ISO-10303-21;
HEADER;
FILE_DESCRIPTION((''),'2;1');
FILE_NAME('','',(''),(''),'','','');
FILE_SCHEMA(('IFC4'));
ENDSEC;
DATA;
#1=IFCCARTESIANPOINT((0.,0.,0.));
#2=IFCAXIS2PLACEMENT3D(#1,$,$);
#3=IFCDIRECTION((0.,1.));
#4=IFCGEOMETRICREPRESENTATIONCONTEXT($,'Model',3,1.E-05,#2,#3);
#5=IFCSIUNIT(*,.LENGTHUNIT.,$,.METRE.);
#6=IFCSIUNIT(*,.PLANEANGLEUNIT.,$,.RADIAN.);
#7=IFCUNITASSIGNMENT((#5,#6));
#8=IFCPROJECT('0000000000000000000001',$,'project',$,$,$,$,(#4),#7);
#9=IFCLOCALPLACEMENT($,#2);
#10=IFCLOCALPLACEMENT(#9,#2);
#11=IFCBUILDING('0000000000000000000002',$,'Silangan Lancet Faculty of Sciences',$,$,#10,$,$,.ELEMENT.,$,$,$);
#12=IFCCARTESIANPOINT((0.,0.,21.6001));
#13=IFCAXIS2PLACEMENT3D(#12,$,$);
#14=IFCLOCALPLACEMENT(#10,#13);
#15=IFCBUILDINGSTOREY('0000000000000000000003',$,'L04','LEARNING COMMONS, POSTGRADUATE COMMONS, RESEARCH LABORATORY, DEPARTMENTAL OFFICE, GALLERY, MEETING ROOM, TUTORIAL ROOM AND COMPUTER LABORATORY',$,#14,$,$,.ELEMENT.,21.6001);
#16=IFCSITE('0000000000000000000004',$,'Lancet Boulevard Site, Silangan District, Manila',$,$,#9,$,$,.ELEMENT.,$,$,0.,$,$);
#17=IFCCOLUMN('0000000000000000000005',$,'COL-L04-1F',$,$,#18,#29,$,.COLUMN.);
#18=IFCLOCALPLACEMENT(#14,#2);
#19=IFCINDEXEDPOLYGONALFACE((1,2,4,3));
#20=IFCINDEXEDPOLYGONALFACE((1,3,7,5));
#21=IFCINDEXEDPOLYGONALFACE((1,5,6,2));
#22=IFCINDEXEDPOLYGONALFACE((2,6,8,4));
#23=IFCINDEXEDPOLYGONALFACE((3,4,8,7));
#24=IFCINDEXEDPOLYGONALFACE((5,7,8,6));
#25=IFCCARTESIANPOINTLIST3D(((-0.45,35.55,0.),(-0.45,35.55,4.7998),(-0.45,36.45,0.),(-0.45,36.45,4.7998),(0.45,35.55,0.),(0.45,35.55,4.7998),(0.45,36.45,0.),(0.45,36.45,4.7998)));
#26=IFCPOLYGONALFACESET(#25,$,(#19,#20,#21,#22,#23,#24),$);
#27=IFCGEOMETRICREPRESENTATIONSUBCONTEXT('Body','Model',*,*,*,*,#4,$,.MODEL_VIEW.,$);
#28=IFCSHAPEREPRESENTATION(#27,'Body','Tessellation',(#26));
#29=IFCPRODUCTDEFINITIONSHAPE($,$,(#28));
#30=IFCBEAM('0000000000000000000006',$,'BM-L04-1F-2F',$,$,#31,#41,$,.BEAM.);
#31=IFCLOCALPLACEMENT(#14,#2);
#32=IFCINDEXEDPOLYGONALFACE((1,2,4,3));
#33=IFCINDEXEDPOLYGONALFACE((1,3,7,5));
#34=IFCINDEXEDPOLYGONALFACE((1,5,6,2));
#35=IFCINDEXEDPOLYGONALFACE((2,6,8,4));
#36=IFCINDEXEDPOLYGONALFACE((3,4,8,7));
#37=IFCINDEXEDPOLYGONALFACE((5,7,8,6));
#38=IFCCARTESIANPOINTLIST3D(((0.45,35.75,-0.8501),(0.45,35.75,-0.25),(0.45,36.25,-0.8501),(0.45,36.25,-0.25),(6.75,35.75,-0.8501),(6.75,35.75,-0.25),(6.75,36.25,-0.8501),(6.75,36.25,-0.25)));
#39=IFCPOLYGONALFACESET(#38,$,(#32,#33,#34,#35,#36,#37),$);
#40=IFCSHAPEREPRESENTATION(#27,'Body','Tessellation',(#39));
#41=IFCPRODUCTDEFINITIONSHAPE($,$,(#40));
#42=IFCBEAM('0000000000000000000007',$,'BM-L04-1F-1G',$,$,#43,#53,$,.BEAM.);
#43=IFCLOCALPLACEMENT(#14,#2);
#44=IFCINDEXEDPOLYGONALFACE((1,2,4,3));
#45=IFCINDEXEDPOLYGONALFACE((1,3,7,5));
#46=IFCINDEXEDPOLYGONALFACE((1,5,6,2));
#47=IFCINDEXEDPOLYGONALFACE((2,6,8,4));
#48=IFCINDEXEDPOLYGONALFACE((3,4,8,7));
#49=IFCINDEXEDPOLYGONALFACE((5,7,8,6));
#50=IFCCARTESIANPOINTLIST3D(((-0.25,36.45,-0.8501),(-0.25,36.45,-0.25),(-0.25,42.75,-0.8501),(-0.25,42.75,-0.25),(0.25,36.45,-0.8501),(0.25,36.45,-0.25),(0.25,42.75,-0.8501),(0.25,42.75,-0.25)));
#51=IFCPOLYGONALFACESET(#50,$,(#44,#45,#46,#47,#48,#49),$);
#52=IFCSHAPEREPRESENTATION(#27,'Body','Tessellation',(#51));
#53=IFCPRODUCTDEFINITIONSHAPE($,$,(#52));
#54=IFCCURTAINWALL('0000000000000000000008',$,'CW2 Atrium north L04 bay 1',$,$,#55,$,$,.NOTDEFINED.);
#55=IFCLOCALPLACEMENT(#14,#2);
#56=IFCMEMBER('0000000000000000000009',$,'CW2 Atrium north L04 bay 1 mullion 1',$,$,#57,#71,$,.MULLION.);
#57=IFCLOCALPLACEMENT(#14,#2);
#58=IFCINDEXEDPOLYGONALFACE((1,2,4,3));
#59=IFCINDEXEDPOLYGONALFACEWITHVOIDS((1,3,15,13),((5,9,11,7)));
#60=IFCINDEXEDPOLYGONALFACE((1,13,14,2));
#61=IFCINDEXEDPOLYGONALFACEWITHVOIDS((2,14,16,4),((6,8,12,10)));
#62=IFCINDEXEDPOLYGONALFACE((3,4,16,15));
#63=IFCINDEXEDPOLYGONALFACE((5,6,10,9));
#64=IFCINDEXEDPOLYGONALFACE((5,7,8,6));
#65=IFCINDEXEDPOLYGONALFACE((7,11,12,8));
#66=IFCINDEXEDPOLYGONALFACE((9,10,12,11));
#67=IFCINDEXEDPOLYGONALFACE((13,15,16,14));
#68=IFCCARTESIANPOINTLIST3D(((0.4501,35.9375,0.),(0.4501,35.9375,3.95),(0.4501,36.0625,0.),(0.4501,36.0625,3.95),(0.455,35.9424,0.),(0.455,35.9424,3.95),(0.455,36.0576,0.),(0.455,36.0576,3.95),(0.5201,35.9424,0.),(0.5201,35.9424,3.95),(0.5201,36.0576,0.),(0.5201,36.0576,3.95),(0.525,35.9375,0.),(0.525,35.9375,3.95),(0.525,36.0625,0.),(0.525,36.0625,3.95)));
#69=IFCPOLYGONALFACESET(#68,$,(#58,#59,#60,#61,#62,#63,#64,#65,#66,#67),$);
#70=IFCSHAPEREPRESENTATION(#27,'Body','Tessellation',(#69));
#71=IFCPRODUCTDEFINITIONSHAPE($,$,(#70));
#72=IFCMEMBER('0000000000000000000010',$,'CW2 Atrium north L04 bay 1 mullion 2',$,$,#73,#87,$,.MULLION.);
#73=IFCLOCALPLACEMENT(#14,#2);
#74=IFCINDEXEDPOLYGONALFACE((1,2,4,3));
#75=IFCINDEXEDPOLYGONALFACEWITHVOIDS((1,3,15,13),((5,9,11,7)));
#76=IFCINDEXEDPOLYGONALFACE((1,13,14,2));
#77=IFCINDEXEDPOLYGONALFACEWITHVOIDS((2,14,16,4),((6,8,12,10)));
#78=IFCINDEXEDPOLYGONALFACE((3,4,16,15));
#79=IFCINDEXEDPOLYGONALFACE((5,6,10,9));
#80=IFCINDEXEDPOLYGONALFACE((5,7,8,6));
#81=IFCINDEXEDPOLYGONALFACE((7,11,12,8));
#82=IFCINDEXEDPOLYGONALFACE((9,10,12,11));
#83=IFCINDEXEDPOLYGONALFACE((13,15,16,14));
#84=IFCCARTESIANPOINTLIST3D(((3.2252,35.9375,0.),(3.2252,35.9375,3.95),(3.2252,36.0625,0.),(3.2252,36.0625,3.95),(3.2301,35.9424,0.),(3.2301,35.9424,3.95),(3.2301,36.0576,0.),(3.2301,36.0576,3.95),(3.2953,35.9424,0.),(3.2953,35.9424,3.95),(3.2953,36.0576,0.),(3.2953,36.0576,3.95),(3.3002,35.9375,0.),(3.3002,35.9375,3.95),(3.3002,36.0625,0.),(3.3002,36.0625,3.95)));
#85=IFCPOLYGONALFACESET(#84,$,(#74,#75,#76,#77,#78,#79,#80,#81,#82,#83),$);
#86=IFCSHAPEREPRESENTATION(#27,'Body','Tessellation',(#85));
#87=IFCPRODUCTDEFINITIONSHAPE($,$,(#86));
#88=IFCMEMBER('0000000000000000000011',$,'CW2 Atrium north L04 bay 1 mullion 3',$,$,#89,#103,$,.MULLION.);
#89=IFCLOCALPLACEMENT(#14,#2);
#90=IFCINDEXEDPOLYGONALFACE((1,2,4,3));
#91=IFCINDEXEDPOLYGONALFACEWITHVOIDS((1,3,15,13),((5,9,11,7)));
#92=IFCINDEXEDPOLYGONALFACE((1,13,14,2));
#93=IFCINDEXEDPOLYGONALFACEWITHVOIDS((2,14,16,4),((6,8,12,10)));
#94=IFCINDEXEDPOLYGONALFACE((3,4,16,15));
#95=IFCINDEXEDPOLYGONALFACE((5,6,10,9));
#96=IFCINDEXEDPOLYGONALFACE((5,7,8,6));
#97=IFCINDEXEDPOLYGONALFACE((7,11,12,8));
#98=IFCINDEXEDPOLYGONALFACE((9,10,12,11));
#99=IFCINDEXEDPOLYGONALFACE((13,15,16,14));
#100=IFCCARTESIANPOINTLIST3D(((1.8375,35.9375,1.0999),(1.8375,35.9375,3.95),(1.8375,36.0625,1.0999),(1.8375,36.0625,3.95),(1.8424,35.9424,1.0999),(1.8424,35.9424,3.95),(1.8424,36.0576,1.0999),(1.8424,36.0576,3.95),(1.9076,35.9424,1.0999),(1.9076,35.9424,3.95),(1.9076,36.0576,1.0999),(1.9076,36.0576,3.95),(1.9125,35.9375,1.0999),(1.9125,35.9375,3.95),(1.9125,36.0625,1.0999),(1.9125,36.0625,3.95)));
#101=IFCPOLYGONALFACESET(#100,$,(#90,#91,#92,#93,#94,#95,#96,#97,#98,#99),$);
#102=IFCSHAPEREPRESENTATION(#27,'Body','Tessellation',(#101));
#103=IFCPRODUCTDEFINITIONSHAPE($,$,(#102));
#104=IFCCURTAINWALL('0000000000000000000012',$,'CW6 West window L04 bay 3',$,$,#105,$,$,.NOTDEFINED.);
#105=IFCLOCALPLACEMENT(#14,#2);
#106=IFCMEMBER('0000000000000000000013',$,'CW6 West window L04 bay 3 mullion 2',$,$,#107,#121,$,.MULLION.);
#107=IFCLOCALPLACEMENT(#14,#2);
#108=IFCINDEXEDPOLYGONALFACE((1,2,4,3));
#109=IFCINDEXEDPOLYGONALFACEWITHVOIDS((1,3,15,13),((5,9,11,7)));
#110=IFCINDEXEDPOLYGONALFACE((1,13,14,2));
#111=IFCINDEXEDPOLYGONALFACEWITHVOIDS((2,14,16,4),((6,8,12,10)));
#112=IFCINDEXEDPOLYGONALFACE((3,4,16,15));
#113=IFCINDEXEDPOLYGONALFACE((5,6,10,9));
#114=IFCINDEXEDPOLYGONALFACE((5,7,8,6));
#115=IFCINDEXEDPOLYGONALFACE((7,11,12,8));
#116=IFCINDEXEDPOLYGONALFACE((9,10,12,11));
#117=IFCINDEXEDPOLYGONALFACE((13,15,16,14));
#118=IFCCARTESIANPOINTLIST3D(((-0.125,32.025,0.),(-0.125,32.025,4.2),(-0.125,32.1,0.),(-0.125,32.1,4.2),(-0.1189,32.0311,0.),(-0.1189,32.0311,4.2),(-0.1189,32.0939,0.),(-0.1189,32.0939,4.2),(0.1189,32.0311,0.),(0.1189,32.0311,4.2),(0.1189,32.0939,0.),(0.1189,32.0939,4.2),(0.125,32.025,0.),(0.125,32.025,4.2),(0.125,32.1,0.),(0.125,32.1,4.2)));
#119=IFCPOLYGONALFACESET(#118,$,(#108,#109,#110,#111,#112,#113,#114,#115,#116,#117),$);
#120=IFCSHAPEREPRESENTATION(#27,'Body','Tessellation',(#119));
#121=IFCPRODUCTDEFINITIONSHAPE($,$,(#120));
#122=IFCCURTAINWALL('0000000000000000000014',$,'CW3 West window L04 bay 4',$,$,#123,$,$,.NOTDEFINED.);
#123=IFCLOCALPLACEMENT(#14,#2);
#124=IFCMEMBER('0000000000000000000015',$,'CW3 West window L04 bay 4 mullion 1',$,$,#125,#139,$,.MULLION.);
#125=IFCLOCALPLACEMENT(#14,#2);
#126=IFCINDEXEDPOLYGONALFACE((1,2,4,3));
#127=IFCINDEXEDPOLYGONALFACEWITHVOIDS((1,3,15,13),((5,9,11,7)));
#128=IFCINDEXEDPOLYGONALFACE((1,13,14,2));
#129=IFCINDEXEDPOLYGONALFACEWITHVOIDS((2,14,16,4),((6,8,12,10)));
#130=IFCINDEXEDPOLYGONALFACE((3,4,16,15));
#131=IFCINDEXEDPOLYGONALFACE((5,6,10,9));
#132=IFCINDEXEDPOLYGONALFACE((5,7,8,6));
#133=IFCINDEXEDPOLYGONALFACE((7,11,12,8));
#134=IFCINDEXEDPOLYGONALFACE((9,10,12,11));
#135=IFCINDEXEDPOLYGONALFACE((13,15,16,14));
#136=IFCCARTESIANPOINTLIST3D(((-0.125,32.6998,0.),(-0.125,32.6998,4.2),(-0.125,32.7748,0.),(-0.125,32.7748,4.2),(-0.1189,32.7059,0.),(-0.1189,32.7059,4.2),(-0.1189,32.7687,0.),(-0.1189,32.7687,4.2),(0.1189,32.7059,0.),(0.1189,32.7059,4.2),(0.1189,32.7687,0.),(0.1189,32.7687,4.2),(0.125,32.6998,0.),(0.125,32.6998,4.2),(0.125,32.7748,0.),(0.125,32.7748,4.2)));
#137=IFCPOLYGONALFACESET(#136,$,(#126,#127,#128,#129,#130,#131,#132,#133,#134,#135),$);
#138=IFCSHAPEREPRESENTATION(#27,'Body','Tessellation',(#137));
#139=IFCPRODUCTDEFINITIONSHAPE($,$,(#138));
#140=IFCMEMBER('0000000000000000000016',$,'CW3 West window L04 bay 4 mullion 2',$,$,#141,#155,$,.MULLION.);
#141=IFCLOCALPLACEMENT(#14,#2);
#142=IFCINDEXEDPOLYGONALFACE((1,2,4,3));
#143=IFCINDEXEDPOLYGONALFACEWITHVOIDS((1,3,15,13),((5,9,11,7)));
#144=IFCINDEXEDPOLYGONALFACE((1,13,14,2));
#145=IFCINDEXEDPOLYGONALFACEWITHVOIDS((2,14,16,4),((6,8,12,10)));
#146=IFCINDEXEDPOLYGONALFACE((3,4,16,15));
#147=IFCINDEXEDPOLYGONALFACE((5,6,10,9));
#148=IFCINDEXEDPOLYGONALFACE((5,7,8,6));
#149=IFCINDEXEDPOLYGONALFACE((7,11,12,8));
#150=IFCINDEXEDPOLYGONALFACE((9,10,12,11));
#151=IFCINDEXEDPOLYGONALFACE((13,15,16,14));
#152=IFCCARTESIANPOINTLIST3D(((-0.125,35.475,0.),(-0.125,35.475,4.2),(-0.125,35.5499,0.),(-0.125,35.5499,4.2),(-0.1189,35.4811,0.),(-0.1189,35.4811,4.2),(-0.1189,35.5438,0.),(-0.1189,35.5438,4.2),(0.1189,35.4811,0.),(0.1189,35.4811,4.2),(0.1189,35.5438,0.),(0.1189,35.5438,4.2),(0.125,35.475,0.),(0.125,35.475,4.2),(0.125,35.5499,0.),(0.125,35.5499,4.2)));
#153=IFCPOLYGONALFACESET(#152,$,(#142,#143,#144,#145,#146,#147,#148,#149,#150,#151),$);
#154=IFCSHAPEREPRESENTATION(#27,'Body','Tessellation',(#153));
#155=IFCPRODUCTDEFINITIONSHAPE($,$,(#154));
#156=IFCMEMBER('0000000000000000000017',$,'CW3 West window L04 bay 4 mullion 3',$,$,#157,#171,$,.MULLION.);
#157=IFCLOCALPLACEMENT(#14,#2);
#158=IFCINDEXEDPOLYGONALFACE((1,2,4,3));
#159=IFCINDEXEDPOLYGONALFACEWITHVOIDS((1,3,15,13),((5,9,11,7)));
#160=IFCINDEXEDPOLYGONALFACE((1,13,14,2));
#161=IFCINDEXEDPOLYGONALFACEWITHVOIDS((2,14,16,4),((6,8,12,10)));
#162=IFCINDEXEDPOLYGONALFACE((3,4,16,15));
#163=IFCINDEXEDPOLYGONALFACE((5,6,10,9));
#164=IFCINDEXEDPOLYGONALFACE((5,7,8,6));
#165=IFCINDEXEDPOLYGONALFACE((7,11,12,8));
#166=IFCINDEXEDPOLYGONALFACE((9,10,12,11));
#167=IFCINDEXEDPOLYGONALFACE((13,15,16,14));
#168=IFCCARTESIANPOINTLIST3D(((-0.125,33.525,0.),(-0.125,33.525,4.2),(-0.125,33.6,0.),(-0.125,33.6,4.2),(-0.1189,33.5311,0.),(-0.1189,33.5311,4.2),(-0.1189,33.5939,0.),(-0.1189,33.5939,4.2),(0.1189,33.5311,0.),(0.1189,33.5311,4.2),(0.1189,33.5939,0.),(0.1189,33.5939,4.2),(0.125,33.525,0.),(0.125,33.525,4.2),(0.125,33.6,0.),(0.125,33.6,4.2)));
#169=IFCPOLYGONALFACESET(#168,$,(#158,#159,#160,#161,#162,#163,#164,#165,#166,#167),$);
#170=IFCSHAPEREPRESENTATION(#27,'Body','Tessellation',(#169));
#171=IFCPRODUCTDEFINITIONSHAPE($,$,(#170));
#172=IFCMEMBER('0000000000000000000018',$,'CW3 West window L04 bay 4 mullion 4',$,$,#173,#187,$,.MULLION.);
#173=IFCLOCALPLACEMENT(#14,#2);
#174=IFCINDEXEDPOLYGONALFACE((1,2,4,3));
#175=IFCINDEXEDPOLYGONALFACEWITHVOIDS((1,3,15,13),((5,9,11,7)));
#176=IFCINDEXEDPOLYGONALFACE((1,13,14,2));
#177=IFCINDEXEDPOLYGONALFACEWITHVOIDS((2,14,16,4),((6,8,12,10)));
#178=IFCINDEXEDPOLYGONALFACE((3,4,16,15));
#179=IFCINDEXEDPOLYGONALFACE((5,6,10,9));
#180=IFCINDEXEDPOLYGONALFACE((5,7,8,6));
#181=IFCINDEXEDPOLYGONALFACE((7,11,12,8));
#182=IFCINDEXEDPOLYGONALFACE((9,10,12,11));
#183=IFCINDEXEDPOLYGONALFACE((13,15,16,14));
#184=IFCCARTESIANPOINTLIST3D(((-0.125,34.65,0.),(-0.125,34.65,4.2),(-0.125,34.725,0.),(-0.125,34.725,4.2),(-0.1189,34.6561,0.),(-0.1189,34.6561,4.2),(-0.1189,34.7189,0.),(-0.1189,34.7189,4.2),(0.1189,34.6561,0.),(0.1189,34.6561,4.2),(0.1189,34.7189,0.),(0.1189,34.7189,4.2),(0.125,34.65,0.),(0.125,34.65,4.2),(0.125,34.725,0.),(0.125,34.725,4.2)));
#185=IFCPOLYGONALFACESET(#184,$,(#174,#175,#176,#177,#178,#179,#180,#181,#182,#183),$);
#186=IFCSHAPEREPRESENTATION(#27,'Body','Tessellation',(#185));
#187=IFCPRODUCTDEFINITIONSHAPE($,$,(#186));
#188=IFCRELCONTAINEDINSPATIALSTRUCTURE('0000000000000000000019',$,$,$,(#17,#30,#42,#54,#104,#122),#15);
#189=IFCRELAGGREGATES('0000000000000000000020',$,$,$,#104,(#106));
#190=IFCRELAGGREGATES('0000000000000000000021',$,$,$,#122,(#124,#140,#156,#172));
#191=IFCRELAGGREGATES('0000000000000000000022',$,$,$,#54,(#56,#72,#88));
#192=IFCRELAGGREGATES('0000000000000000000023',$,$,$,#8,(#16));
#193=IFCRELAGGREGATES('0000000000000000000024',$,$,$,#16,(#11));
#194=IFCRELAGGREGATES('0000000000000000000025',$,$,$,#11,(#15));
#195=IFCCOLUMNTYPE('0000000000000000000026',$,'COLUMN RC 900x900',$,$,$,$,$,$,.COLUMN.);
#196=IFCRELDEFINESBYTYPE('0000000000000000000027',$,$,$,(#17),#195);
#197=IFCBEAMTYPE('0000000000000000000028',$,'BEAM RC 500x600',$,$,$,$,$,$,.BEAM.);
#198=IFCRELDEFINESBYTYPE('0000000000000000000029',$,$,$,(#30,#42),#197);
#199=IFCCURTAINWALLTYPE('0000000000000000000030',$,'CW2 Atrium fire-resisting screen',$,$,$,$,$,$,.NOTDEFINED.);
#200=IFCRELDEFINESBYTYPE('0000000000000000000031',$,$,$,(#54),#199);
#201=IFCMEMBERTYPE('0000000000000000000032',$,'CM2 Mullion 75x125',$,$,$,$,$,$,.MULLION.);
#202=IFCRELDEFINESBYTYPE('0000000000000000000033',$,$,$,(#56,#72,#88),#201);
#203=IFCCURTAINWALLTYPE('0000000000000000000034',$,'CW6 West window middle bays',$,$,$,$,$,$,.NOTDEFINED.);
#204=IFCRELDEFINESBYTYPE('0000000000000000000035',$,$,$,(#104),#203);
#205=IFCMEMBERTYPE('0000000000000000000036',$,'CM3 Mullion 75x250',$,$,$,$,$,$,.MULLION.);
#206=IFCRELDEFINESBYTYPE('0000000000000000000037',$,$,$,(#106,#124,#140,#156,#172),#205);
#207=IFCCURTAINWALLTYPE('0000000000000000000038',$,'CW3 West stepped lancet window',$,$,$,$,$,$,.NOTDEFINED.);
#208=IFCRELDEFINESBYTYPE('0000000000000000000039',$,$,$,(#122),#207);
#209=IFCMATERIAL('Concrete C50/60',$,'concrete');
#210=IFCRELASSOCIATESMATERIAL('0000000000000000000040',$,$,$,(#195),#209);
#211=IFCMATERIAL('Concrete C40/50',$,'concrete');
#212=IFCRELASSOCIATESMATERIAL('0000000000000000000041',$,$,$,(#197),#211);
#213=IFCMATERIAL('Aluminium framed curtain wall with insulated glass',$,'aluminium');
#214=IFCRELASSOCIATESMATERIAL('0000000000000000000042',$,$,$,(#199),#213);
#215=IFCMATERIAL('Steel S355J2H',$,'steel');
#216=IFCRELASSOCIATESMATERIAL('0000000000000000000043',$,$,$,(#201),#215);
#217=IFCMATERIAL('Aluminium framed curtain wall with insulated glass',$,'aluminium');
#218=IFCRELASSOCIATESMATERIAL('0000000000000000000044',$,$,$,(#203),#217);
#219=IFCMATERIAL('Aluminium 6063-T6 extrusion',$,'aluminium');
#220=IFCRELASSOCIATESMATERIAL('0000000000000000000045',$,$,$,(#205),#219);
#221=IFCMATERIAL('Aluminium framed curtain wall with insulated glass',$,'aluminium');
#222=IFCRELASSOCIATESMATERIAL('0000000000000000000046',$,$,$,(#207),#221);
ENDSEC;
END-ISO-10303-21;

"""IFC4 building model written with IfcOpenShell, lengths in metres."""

from ifc_helpers import new_model, si_unit, direction, frame, origin, origin_2d, place, context, subcontext, project, spatial, rectangle, hollow_rectangle, extrude, material, material_profile, profile_set, type_object, element, aggregate, save


model = new_model("IFC4")

# Units and contexts
model_context = context("Model", 3, precision=1e-05, world=origin(), true_north=direction((0.0, 1.0)))
body_context = subcontext(model_context, "Body", "Model", "MODEL_VIEW")
ifc_project = project(units=[si_unit("LENGTHUNIT", "METRE"), si_unit("PLANEANGLEUNIT", "RADIAN")], contexts=[model_context])

# Site, building, storey
site_placement = place(None, origin())
site = spatial("IfcSite", under=ifc_project, at=site_placement, Name="Lancet Boulevard Site, Silangan District, Manila", CompositionType="ELEMENT", RefElevation=0.0)
building_placement = place(site_placement, origin())
building = spatial("IfcBuilding", under=site, at=building_placement, Name="Silangan Lancet Faculty of Sciences", CompositionType="ELEMENT")
storey_placement = place(building_placement, frame((0.0, 0.0, 21.6001)))
storey = spatial("IfcBuildingStorey", under=building, at=storey_placement, Name="L04", Description="LEARNING COMMONS, POSTGRADUATE COMMONS, RESEARCH LABORATORY, DEPARTMENTAL OFFICE, GALLERY, MEETING ROOM, TUTORIAL ROOM AND COMPUTER LABORATORY", CompositionType="ELEMENT", Elevation=21.6001)

# Column
ifc_material_1 = material(Name="Concrete C50/60", Category="concrete")
ifc_material_profile_1 = material_profile(ifc_material_1, rectangle(XDim=0.8999, YDim=0.8999, at=origin_2d()), Name="RC 900x900")
ifc_profile_set_1 = profile_set([ifc_material_profile_1], Name="Concrete C50/60")
column_type = type_object("IfcColumnType", Name="COLUMN RC 900x900", PredefinedType="COLUMN", material=ifc_profile_set_1)
column_placement = place(storey_placement, frame((0.0, 36.0, 0.0), z_axis=(0.0, 0.0, 1.0), x_axis=(1.0, 0.0, 0.0)))
element("IfcColumn", 1, at=column_placement, inside=storey, type_object=column_type, Name="COL-L04-1F", PredefinedType="COLUMN", context=body_context, shape_type="SweptSolid", body=[
    extrude(rectangle(XDim=0.8999, YDim=0.8999, at=origin_2d()), origin(), (0.0, 0.0, 1.0), 4.7998),
])

# Beams
ifc_material_2 = material(Name="Concrete C40/50", Category="concrete")
ifc_material_profile_2 = material_profile(ifc_material_2, rectangle(XDim=0.5, YDim=0.6001, at=origin_2d()), Name="RC 500x600")
ifc_profile_set_2 = profile_set([ifc_material_profile_2], Name="Concrete C40/50")
beam_type = type_object("IfcBeamType", Name="BEAM RC 500x600", PredefinedType="BEAM", material=ifc_profile_set_2)
for number, where, z_axis, x_axis, name in (
    (2, (0.45, 36.0, -0.55), (1.0, 0.0, 0.0), (0.0, 1.0, 0.0), "BM-L04-1F-2F"),
    (3, (0.0, 36.45, -0.55), (0.0, 1.0, 0.0), (-1.0, 0.0, 0.0), "BM-L04-1F-1G"),
):
    element("IfcBeam", number, at=place(storey_placement, frame(where, z_axis=z_axis, x_axis=x_axis)), inside=storey, type_object=beam_type, Name=name, PredefinedType="BEAM", context=body_context, shape_type="SweptSolid", body=[
        extrude(rectangle(XDim=0.5, YDim=0.6001, at=origin_2d()), origin(), (0.0, 0.0, 1.0), 6.3),
    ])

# Curtain wall, members
ifc_material_3 = material(Name="Aluminium framed curtain wall with insulated glass", Category="aluminium")
curtain_wall_type_1 = type_object("IfcCurtainWallType", Name="CW2 Atrium fire-resisting screen", PredefinedType="NOTDEFINED", material=ifc_material_3)
curtain_wall_1_placement = place(storey_placement, origin())
curtain_wall_1 = element("IfcCurtainWall", 4, at=curtain_wall_1_placement, inside=storey, type_object=curtain_wall_type_1, Name="CW2 Atrium north L04 bay 1", PredefinedType="NOTDEFINED")
ifc_material_4 = material(Name="Steel S355J2H", Category="steel")
ifc_material_profile_3 = material_profile(ifc_material_4, hollow_rectangle(XDim=0.075, YDim=0.125, WallThickness=0.0049, at=origin_2d()), Name="ST BOX 75x125x5")
ifc_profile_set_3 = profile_set([ifc_material_profile_3], Name="Steel S355J2H")
member_type_1 = type_object("IfcMemberType", Name="CM2 Mullion 75x125", PredefinedType="MULLION", material=ifc_profile_set_3)
member_1_placement = place(storey_placement, frame((0.4875, 36.0, 0.0), z_axis=(0.0, 0.0, 1.0), x_axis=(1.0, 0.0, 0.0)))
member_1 = element("IfcMember", 5, at=member_1_placement, type_object=member_type_1, Name="CW2 Atrium north L04 bay 1 mullion 1", PredefinedType="MULLION", context=body_context, shape_type="SweptSolid", body=[
    extrude(hollow_rectangle(XDim=0.075, YDim=0.125, WallThickness=0.0049, at=origin_2d()), origin(), (0.0, 0.0, 1.0), 3.95),
])
member_2_placement = place(storey_placement, frame((3.2627, 36.0, 0.0), z_axis=(0.0, 0.0, 1.0), x_axis=(1.0, 0.0, 0.0)))
member_2 = element("IfcMember", 6, at=member_2_placement, type_object=member_type_1, Name="CW2 Atrium north L04 bay 1 mullion 2", PredefinedType="MULLION", context=body_context, shape_type="SweptSolid", body=[
    extrude(hollow_rectangle(XDim=0.075, YDim=0.125, WallThickness=0.0049, at=origin_2d()), origin(), (0.0, 0.0, 1.0), 3.95),
])
member_3_placement = place(storey_placement, frame((1.875, 36.0, 1.0999), z_axis=(0.0, 0.0, 1.0), x_axis=(1.0, 0.0, 0.0)))
member_3 = element("IfcMember", 7, at=member_3_placement, type_object=member_type_1, Name="CW2 Atrium north L04 bay 1 mullion 3", PredefinedType="MULLION", context=body_context, shape_type="SweptSolid", body=[
    extrude(hollow_rectangle(XDim=0.075, YDim=0.125, WallThickness=0.0049, at=origin_2d()), origin(), (0.0, 0.0, 1.0), 2.8501),
])

# Curtain wall, member
ifc_material_5 = material(Name="Aluminium framed curtain wall with insulated glass", Category="aluminium")
curtain_wall_type_2 = type_object("IfcCurtainWallType", Name="CW6 West window middle bays", PredefinedType="NOTDEFINED", material=ifc_material_5)
curtain_wall_2_placement = place(storey_placement, origin())
curtain_wall_2 = element("IfcCurtainWall", 8, at=curtain_wall_2_placement, inside=storey, type_object=curtain_wall_type_2, Name="CW6 West window L04 bay 3", PredefinedType="NOTDEFINED")
ifc_material_6 = material(Name="Aluminium 6063-T6 extrusion", Category="aluminium")
ifc_material_profile_4 = material_profile(ifc_material_6, hollow_rectangle(XDim=0.075, YDim=0.25, WallThickness=0.0061, at=origin_2d()), Name="AL BOX 75x250x6")
ifc_profile_set_4 = profile_set([ifc_material_profile_4], Name="Aluminium 6063-T6 extrusion")
member_type_2 = type_object("IfcMemberType", Name="CM3 Mullion 75x250", PredefinedType="MULLION", material=ifc_profile_set_4)
member_4_placement = place(storey_placement, frame((0.0, 32.0625, 0.0), z_axis=(0.0, 0.0, 1.0), x_axis=(0.0, 1.0, 0.0)))
member_4 = element("IfcMember", 9, at=member_4_placement, type_object=member_type_2, Name="CW6 West window L04 bay 3 mullion 2", PredefinedType="MULLION", context=body_context, shape_type="SweptSolid", body=[
    extrude(hollow_rectangle(XDim=0.075, YDim=0.25, WallThickness=0.0061, at=origin_2d()), origin(), (0.0, 0.0, 1.0), 4.2),
])

# Curtain wall, members
ifc_material_7 = material(Name="Aluminium framed curtain wall with insulated glass", Category="aluminium")
curtain_wall_type_3 = type_object("IfcCurtainWallType", Name="CW3 West stepped lancet window", PredefinedType="NOTDEFINED", material=ifc_material_7)
curtain_wall_3_placement = place(storey_placement, origin())
curtain_wall_3 = element("IfcCurtainWall", 10, at=curtain_wall_3_placement, inside=storey, type_object=curtain_wall_type_3, Name="CW3 West window L04 bay 4", PredefinedType="NOTDEFINED")
member_5_placement = place(storey_placement, frame((0.0, 32.7373, 0.0), z_axis=(0.0, 0.0, 1.0), x_axis=(0.0, 1.0, 0.0)))
member_5 = element("IfcMember", 11, at=member_5_placement, type_object=member_type_2, Name="CW3 West window L04 bay 4 mullion 1", PredefinedType="MULLION", context=body_context, shape_type="SweptSolid", body=[
    extrude(hollow_rectangle(XDim=0.075, YDim=0.25, WallThickness=0.0061, at=origin_2d()), origin(), (0.0, 0.0, 1.0), 4.2),
])
member_6_placement = place(storey_placement, frame((0.0, 35.5125, 0.0), z_axis=(0.0, 0.0, 1.0), x_axis=(0.0, 1.0, 0.0)))
member_6 = element("IfcMember", 12, at=member_6_placement, type_object=member_type_2, Name="CW3 West window L04 bay 4 mullion 2", PredefinedType="MULLION", context=body_context, shape_type="SweptSolid", body=[
    extrude(hollow_rectangle(XDim=0.075, YDim=0.25, WallThickness=0.0061, at=origin_2d()), origin(), (0.0, 0.0, 1.0), 4.2),
])
member_7_placement = place(storey_placement, frame((0.0, 33.5625, 0.0), z_axis=(0.0, 0.0, 1.0), x_axis=(0.0, 1.0, 0.0)))
member_7 = element("IfcMember", 13, at=member_7_placement, type_object=member_type_2, Name="CW3 West window L04 bay 4 mullion 3", PredefinedType="MULLION", context=body_context, shape_type="SweptSolid", body=[
    extrude(hollow_rectangle(XDim=0.075, YDim=0.25, WallThickness=0.0061, at=origin_2d()), origin(), (0.0, 0.0, 1.0), 4.2),
])
member_8_placement = place(storey_placement, frame((0.0, 34.6875, 0.0), z_axis=(0.0, 0.0, 1.0), x_axis=(0.0, 1.0, 0.0)))
member_8 = element("IfcMember", 14, at=member_8_placement, type_object=member_type_2, Name="CW3 West window L04 bay 4 mullion 4", PredefinedType="MULLION", context=body_context, shape_type="SweptSolid", body=[
    extrude(hollow_rectangle(XDim=0.075, YDim=0.25, WallThickness=0.0061, at=origin_2d()), origin(), (0.0, 0.0, 1.0), 4.2),
])

aggregate(curtain_wall_2, [member_4])
aggregate(curtain_wall_3, [member_5, member_6, member_7, member_8])
aggregate(curtain_wall_1, [member_1, member_2, member_3])

save(model, "model.ifc")
